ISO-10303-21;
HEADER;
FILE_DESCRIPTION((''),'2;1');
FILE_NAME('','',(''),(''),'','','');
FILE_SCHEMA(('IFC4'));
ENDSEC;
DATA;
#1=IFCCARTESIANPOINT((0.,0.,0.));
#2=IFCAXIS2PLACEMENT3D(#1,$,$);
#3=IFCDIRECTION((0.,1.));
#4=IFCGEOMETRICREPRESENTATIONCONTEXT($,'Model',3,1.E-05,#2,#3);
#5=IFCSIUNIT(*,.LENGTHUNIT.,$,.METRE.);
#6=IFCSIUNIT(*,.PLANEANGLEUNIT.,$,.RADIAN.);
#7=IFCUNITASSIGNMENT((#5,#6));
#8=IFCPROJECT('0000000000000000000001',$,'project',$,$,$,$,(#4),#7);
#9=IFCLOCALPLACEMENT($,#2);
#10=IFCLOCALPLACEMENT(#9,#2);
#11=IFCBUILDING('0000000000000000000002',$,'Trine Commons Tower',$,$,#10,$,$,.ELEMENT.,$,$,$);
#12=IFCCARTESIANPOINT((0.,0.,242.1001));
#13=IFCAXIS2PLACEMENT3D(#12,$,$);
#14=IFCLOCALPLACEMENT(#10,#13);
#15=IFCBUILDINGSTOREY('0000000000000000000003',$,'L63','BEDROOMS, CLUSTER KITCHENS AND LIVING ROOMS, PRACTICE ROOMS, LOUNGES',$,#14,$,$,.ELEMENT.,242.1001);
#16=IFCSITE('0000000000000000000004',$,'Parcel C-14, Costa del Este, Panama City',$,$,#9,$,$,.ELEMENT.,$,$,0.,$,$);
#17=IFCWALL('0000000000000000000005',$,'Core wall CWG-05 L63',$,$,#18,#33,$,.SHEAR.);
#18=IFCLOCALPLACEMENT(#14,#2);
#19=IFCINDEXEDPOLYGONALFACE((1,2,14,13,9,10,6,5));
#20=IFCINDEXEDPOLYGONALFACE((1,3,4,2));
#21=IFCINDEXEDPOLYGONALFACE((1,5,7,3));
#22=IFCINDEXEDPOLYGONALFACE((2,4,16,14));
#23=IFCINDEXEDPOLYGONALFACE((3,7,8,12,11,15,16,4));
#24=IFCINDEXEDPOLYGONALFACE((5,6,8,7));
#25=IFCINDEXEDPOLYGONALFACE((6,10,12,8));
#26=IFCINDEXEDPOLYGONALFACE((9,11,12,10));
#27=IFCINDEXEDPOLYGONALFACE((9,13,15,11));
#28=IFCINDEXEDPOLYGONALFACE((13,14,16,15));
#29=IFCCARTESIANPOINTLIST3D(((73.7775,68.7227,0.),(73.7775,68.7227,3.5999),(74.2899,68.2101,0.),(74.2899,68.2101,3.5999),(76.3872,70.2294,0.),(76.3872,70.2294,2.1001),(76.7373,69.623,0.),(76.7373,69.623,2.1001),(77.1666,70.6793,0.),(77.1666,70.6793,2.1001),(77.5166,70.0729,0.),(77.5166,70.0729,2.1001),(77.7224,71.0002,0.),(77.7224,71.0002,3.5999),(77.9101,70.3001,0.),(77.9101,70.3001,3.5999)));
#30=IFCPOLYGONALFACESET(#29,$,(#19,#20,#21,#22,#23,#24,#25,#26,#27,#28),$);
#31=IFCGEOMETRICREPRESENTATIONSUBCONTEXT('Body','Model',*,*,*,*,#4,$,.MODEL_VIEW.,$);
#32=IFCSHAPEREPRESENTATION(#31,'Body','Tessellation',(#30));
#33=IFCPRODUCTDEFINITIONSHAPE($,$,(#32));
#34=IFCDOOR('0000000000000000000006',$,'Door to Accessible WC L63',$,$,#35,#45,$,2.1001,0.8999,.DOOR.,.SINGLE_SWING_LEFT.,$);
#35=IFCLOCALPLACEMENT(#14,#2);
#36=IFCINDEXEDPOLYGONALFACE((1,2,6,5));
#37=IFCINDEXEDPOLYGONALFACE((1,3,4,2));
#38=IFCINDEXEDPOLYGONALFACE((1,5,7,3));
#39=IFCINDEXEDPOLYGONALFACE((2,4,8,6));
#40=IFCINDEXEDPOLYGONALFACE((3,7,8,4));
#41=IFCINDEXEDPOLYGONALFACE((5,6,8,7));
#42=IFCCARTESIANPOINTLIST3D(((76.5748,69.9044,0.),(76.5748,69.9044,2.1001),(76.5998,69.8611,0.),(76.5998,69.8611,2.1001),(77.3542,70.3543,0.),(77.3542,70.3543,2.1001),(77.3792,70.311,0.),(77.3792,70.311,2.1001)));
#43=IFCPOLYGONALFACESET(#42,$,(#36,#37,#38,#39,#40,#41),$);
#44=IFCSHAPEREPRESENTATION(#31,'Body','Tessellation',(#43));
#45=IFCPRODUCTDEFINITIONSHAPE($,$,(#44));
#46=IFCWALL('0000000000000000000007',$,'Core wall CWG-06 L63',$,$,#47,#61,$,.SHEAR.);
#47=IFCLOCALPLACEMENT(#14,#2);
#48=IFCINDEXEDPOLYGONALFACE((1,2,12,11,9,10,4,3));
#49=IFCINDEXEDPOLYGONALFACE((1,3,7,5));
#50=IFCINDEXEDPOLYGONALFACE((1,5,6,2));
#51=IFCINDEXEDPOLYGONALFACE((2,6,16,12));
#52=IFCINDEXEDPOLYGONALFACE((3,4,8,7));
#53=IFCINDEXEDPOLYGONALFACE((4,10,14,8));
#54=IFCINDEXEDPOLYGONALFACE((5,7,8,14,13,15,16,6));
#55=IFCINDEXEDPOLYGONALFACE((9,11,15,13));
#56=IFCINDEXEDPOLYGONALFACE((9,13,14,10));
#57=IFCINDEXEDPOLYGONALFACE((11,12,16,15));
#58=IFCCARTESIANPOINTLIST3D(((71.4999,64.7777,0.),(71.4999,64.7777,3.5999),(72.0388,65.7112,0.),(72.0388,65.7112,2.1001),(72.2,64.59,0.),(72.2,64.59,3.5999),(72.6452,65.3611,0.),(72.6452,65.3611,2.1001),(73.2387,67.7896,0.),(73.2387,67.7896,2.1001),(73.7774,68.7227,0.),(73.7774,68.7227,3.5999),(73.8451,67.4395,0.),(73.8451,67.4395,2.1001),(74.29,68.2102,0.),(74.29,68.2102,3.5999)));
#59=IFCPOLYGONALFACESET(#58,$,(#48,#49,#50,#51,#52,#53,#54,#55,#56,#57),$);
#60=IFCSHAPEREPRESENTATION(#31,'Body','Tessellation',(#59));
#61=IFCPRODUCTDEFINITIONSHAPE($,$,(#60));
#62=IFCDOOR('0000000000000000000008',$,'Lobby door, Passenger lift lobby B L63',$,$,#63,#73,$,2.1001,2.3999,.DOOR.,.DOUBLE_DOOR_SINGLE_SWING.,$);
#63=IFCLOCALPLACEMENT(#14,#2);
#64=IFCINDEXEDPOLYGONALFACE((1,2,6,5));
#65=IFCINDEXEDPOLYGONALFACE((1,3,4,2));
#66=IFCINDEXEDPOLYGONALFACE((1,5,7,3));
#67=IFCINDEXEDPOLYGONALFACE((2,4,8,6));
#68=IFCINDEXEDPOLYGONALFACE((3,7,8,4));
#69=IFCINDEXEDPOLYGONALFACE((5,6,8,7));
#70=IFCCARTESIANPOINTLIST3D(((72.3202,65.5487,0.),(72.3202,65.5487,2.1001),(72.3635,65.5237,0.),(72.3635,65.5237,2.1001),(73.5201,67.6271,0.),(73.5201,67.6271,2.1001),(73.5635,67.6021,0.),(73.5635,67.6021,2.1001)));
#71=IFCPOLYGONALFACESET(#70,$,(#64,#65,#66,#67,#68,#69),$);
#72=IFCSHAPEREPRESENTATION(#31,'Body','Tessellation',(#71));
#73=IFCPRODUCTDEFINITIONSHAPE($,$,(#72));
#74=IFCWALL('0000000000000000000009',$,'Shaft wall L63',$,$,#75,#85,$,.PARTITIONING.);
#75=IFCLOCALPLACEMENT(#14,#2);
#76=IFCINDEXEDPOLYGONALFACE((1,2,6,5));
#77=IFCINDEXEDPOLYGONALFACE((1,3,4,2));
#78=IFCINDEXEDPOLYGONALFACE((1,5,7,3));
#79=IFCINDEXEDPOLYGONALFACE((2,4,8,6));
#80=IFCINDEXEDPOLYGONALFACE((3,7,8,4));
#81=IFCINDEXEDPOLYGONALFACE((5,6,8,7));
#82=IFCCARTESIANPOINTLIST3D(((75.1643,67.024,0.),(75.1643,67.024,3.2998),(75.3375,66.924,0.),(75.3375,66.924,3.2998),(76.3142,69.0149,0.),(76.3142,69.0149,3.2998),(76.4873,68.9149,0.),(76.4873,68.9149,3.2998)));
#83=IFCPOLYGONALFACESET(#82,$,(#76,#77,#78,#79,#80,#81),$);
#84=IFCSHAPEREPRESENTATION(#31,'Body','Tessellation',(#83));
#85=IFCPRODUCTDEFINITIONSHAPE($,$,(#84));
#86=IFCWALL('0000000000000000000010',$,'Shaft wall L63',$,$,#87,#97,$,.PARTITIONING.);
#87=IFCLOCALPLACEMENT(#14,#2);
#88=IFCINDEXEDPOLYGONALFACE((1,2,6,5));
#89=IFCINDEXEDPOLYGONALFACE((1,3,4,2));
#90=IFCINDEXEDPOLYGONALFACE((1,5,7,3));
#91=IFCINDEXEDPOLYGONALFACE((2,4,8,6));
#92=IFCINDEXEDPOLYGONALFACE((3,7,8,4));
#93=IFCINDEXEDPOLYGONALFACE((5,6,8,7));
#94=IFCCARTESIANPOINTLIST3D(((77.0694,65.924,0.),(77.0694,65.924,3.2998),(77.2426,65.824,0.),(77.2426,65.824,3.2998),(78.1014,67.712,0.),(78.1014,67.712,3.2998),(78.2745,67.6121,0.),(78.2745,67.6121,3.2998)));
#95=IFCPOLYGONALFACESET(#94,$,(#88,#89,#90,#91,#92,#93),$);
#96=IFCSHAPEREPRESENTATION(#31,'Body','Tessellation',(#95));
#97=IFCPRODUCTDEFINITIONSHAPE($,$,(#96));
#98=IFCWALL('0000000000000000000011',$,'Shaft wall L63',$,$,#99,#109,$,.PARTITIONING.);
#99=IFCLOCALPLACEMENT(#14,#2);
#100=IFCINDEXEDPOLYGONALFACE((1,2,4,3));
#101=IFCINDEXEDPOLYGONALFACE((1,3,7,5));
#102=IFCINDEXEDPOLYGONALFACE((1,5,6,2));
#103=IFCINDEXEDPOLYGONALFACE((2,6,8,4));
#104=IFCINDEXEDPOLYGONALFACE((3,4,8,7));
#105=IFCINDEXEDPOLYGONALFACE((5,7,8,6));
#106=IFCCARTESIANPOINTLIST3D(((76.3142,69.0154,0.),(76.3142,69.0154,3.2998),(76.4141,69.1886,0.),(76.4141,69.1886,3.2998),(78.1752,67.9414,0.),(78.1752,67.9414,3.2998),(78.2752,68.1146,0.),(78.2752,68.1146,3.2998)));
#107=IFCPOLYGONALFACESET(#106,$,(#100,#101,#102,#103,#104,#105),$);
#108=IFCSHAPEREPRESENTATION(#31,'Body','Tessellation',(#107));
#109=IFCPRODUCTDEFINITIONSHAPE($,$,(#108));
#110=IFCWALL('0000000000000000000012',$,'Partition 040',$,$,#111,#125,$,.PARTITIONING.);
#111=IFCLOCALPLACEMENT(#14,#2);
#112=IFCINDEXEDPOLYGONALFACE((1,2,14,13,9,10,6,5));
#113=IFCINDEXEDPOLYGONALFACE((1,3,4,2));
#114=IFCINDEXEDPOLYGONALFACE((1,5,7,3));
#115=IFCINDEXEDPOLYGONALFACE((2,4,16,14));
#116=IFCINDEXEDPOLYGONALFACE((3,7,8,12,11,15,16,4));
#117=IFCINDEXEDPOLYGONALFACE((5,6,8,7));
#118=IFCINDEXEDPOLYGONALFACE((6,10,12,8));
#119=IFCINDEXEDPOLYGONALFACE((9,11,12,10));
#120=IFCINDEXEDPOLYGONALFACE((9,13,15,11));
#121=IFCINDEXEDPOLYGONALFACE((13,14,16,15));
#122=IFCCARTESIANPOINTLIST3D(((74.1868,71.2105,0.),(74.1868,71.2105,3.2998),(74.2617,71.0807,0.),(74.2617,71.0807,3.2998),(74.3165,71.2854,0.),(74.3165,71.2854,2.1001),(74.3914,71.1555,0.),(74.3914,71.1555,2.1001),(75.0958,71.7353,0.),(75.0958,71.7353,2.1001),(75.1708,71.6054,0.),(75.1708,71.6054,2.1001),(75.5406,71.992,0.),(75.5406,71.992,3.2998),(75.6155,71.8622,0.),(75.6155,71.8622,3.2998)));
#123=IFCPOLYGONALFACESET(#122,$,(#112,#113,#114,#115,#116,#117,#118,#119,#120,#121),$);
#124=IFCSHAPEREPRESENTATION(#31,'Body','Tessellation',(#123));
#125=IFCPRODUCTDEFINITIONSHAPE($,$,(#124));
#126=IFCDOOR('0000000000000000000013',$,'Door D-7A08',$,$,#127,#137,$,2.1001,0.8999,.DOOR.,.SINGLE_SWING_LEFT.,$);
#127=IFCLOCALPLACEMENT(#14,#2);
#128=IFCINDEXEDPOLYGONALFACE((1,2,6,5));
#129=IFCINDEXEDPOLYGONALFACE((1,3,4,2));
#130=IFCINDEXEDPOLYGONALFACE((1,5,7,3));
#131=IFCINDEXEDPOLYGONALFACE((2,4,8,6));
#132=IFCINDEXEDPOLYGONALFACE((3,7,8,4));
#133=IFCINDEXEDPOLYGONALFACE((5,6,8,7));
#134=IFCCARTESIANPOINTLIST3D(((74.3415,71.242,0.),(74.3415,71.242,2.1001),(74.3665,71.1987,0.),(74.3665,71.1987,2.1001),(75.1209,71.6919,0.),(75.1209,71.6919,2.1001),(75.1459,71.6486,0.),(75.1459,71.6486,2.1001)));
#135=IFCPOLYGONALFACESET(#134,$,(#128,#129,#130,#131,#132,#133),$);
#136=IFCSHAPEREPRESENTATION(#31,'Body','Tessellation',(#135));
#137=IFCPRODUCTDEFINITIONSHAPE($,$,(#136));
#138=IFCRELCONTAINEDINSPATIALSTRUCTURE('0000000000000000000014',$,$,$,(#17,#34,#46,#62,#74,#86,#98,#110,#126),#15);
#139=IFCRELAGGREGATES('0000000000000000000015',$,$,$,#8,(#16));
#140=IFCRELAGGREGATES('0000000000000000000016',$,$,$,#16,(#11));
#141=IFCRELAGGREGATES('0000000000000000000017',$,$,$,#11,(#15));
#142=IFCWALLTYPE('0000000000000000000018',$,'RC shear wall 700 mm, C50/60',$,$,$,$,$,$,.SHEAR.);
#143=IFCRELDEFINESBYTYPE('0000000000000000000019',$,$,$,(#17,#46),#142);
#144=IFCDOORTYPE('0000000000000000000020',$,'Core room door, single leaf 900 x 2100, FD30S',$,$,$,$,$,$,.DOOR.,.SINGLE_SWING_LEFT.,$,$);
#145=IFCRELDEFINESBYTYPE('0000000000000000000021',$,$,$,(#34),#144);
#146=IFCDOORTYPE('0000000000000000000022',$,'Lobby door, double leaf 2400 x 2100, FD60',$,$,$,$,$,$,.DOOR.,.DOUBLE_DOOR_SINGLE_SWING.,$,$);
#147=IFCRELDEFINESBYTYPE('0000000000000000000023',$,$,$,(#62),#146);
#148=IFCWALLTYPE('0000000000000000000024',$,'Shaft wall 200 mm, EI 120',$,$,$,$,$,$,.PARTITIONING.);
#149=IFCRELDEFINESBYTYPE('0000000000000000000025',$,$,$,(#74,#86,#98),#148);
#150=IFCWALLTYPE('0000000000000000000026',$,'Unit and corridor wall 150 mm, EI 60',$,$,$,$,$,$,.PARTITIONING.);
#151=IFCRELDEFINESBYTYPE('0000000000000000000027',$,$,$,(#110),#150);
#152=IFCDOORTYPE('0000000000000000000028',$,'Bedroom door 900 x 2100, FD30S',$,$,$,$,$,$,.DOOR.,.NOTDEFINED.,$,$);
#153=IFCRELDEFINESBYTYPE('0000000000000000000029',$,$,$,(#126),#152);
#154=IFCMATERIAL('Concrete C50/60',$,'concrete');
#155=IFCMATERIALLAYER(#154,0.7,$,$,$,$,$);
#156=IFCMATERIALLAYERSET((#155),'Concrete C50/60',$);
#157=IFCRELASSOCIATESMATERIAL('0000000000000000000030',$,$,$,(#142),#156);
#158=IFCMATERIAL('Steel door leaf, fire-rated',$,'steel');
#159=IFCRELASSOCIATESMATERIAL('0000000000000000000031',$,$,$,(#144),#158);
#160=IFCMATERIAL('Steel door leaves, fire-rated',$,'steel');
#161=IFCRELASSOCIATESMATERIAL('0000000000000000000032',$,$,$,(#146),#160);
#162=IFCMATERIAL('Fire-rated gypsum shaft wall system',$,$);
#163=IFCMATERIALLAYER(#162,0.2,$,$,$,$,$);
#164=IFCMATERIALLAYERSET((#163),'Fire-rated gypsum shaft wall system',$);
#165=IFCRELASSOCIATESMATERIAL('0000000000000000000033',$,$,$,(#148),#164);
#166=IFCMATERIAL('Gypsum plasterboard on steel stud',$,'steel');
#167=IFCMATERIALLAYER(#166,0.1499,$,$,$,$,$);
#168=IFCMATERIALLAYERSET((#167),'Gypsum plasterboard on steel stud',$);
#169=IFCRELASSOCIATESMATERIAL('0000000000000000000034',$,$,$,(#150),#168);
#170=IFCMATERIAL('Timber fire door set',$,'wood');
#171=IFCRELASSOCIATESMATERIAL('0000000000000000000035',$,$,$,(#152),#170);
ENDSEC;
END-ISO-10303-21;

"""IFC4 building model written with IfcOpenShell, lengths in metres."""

from ifc_helpers import new_model, si_unit, direction, frame, frame_2d, origin, place, context, subcontext, project, spatial, polyline, rectangle, outline, extrude, material, layer, layer_set, type_object, element, fill, save


model = new_model("IFC4")

# Units and contexts
model_context = context("Model", 3, precision=1e-05, world=origin(), true_north=direction((0.0, 1.0)))
body_context = subcontext(model_context, "Body", "Model", "MODEL_VIEW")
ifc_project = project(units=[si_unit("LENGTHUNIT", "METRE"), si_unit("PLANEANGLEUNIT", "RADIAN")], contexts=[model_context])

# Site, building, storey
site_placement = place(None, origin())
site = spatial("IfcSite", under=ifc_project, at=site_placement, Name="Parcel C-14, Costa del Este, Panama City", CompositionType="ELEMENT", RefElevation=0.0)
building_placement = place(site_placement, origin())
building = spatial("IfcBuilding", under=site, at=building_placement, Name="Trine Commons Tower", CompositionType="ELEMENT")
storey_placement = place(building_placement, frame((0.0, 0.0, 242.1001)))
storey = spatial("IfcBuildingStorey", under=building, at=storey_placement, Name="L63", Description="BEDROOMS, CLUSTER KITCHENS AND LIVING ROOMS, PRACTICE ROOMS, LOUNGES", CompositionType="ELEMENT", Elevation=242.1001)

# Walls, openings, doors
ifc_material_1 = material(Name="Concrete C50/60", Category="concrete")
ifc_layer_1 = layer(ifc_material_1, 0.7)
ifc_layer_set_1 = layer_set([ifc_layer_1], Name="Concrete C50/60")
wall_type_1 = type_object("IfcWallType", Name="RC shear wall 700 mm, C50/60", PredefinedType="SHEAR", material=ifc_layer_set_1)
wall_1_placement = place(storey_placement, frame((77.8975, 70.697, 0.0), z_axis=(0.0, 0.0, 1.0), x_axis=(-0.866035, -0.499984, 0.0)))
wall_1 = element("IfcWall", 1, at=wall_1_placement, inside=storey, type_object=wall_type_1, Name="Core wall CWG-05 L63", PredefinedType="SHEAR", context=body_context, shape_type="SweptSolid", body=[
    extrude(outline(polyline([(0.0, -0.3501), (4.5552, -0.3501), (4.3677, 0.3501), (0.1875, 0.3501), (0.0, -0.3501)])), origin(), (0.0, 0.0, 1.0), 3.5999),
])
opening_1_placement = place(wall_1_placement, frame((0.6418, 0.0, 0.0)))
opening_1 = element("IfcOpeningElement", 2, at=opening_1_placement, cuts=wall_1, PredefinedType="OPENING", context=body_context, shape_type="SweptSolid", body=[
    extrude(rectangle(XDim=0.8999, YDim=2.1001, at=frame_2d((0.45, 1.05))), frame((0.0, 0.3599, 0.0), z_axis=(0.0, -1.0, 0.0), x_axis=(1.0, 0.0, 0.0)), (0.0, 0.0, 1.0), 0.72),
])
ifc_material_2 = material(Name="Steel door leaf, fire-rated", Category="steel")
door_type_1 = type_object("IfcDoorType", Name="Core room door, single leaf 900 x 2100, FD30S", OperationType="SINGLE_SWING_LEFT", PredefinedType="DOOR", material=ifc_material_2)
door_1_placement = place(opening_1_placement, origin())
door_1 = element("IfcDoor", 3, at=door_1_placement, inside=storey, type_object=door_type_1, Name="Door to Accessible WC L63", OperationType="SINGLE_SWING_LEFT", OverallHeight=2.1001, OverallWidth=0.8999, PredefinedType="DOOR", context=body_context, shape_type="SweptSolid", body=[
    extrude(rectangle(XDim=0.8999, YDim=2.1001, at=frame_2d((0.45, 1.05))), frame((0.0, 0.0752, 0.0), z_axis=(0.0, -1.0, 0.0), x_axis=(1.0, 0.0, 0.0)), (0.0, 0.0, 1.0), 0.05),
])
fill(opening_1, door_1)
wall_2_placement = place(storey_placement, frame((74.0806, 68.5476, 0.0), z_axis=(0.0, 0.0, 1.0), x_axis=(-0.499984, -0.866035, 0.0)))
wall_2 = element("IfcWall", 4, at=wall_2_placement, inside=storey, type_object=wall_type_1, Name="Core wall CWG-06 L63", PredefinedType="SHEAR", context=body_context, shape_type="SweptSolid", body=[
    extrude(outline(polyline([(0.0, -0.3501), (4.5552, -0.3501), (4.3677, 0.3501), (0.1875, 0.3501), (0.0, -0.3501)])), origin(), (0.0, 0.0, 1.0), 3.5999),
])
opening_2_placement = place(wall_2_placement, frame((1.0774, 0.0, 0.0)))
opening_2 = element("IfcOpeningElement", 5, at=opening_2_placement, cuts=wall_2, PredefinedType="OPENING", context=body_context, shape_type="SweptSolid", body=[
    extrude(rectangle(XDim=2.3999, YDim=2.1001, at=frame_2d((1.2, 1.05))), frame((0.0, 0.3599, 0.0), z_axis=(0.0, -1.0, 0.0), x_axis=(1.0, 0.0, 0.0)), (0.0, 0.0, 1.0), 0.72),
])
ifc_material_3 = material(Name="Steel door leaves, fire-rated", Category="steel")
door_type_2 = type_object("IfcDoorType", Name="Lobby door, double leaf 2400 x 2100, FD60", OperationType="DOUBLE_DOOR_SINGLE_SWING", PredefinedType="DOOR", material=ifc_material_3)
door_2_placement = place(opening_2_placement, origin())
door_2 = element("IfcDoor", 6, at=door_2_placement, inside=storey, type_object=door_type_2, Name="Lobby door, Passenger lift lobby B L63", OperationType="DOUBLE_DOOR_SINGLE_SWING", OverallHeight=2.1001, OverallWidth=2.3999, PredefinedType="DOOR", context=body_context, shape_type="SweptSolid", body=[
    extrude(rectangle(XDim=2.3999, YDim=2.1001, at=frame_2d((1.2, 1.05))), frame((0.0, 0.0249, 0.0), z_axis=(0.0, -1.0, 0.0), x_axis=(1.0, 0.0, 0.0)), (0.0, 0.0, 1.0), 0.05),
])
fill(opening_2, door_2)

# Walls
ifc_material_4 = material(Name="Fire-rated gypsum shaft wall system")
ifc_layer_2 = layer(ifc_material_4, 0.2)
ifc_layer_set_2 = layer_set([ifc_layer_2], Name="Fire-rated gypsum shaft wall system")
wall_type_2 = type_object("IfcWallType", Name="Shaft wall 200 mm, EI 120", PredefinedType="PARTITIONING", material=ifc_layer_set_2)
wall_3_placement = place(storey_placement, frame((75.251, 66.9741, 0.0), z_axis=(0.0, 0.0, 1.0), x_axis=(0.500136, 0.865947, 0.0)))
element("IfcWall", 7, at=wall_3_placement, inside=storey, type_object=wall_type_2, Name="Shaft wall L63", PredefinedType="PARTITIONING", context=body_context, shape_type="SweptSolid", body=[
    extrude(rectangle(XDim=2.2991, YDim=0.2, at=frame_2d((1.1494, 0.0))), origin(), (0.0, 0.0, 1.0), 3.2998),
])
wall_4_placement = place(storey_placement, frame((77.156, 65.874, 0.0), z_axis=(0.0, 0.0, 1.0), x_axis=(0.499866, 0.866103, 0.0)))
element("IfcWall", 8, at=wall_4_placement, inside=storey, type_object=wall_type_2, Name="Shaft wall L63", PredefinedType="PARTITIONING", context=body_context, shape_type="SweptSolid", body=[
    extrude(rectangle(XDim=2.0645, YDim=0.2, at=frame_2d((1.0322, 0.0))), origin(), (0.0, 0.0, 1.0), 3.2998),
])
wall_5_placement = place(storey_placement, frame((78.2251, 68.0281, 0.0), z_axis=(0.0, 0.0, 1.0), x_axis=(-0.866131, 0.499818, 0.0)))
element("IfcWall", 9, at=wall_5_placement, inside=storey, type_object=wall_type_2, Name="Shaft wall L63", PredefinedType="PARTITIONING", context=body_context, shape_type="SweptSolid", body=[
    extrude(rectangle(XDim=2.1487, YDim=0.2, at=frame_2d((1.0742, 0.0))), origin(), (0.0, 0.0, 1.0), 3.2998),
])

# Wall, opening, door
ifc_material_5 = material(Name="Gypsum plasterboard on steel stud", Category="steel")
ifc_layer_3 = layer(ifc_material_5, 0.1499)
ifc_layer_set_3 = layer_set([ifc_layer_3], Name="Gypsum plasterboard on steel stud")
wall_type_3 = type_object("IfcWallType", Name="Unit and corridor wall 150 mm, EI 60", PredefinedType="PARTITIONING", material=ifc_layer_set_3)
wall_6_placement = place(storey_placement, frame((74.2241, 71.1455, 0.0), z_axis=(0.0, 0.0, 1.0), x_axis=(0.866053, 0.499952, 0.0)))
wall_6 = element("IfcWall", 10, at=wall_6_placement, inside=storey, type_object=wall_type_3, Name="Partition 040", PredefinedType="PARTITIONING", context=body_context, shape_type="SweptSolid", body=[
    extrude(rectangle(XDim=1.5632, YDim=0.1499, at=frame_2d((0.7817, 0.0))), origin(), (0.0, 0.0, 1.0), 3.2998),
])
opening_3_placement = place(wall_6_placement, frame((0.1499, 0.0, 0.0)))
opening_3 = element("IfcOpeningElement", 11, at=opening_3_placement, cuts=wall_6, PredefinedType="OPENING", context=body_context, shape_type="SweptSolid", body=[
    extrude(rectangle(XDim=0.8999, YDim=2.1001, at=frame_2d((0.45, 1.05))), frame((0.0, 0.085, 0.0), z_axis=(0.0, -1.0, 0.0), x_axis=(1.0, 0.0, 0.0)), (0.0, 0.0, 1.0), 0.1699),
])
ifc_material_6 = material(Name="Timber fire door set", Category="wood")
door_type_3 = type_object("IfcDoorType", Name="Bedroom door 900 x 2100, FD30S", OperationType="NOTDEFINED", PredefinedType="DOOR", material=ifc_material_6)
door_3_placement = place(opening_3_placement, origin())
door_3 = element("IfcDoor", 12, at=door_3_placement, inside=storey, type_object=door_type_3, Name="Door D-7A08", OperationType="SINGLE_SWING_LEFT", OverallHeight=2.1001, OverallWidth=0.8999, PredefinedType="DOOR", context=body_context, shape_type="SweptSolid", body=[
    extrude(rectangle(XDim=0.8999, YDim=2.1001, at=frame_2d((0.45, 1.05))), frame((0.0, 0.0249, 0.0), z_axis=(0.0, -1.0, 0.0), x_axis=(1.0, 0.0, 0.0)), (0.0, 0.0, 1.0), 0.05),
])
fill(opening_3, door_3)

save(model, "model.ifc")
